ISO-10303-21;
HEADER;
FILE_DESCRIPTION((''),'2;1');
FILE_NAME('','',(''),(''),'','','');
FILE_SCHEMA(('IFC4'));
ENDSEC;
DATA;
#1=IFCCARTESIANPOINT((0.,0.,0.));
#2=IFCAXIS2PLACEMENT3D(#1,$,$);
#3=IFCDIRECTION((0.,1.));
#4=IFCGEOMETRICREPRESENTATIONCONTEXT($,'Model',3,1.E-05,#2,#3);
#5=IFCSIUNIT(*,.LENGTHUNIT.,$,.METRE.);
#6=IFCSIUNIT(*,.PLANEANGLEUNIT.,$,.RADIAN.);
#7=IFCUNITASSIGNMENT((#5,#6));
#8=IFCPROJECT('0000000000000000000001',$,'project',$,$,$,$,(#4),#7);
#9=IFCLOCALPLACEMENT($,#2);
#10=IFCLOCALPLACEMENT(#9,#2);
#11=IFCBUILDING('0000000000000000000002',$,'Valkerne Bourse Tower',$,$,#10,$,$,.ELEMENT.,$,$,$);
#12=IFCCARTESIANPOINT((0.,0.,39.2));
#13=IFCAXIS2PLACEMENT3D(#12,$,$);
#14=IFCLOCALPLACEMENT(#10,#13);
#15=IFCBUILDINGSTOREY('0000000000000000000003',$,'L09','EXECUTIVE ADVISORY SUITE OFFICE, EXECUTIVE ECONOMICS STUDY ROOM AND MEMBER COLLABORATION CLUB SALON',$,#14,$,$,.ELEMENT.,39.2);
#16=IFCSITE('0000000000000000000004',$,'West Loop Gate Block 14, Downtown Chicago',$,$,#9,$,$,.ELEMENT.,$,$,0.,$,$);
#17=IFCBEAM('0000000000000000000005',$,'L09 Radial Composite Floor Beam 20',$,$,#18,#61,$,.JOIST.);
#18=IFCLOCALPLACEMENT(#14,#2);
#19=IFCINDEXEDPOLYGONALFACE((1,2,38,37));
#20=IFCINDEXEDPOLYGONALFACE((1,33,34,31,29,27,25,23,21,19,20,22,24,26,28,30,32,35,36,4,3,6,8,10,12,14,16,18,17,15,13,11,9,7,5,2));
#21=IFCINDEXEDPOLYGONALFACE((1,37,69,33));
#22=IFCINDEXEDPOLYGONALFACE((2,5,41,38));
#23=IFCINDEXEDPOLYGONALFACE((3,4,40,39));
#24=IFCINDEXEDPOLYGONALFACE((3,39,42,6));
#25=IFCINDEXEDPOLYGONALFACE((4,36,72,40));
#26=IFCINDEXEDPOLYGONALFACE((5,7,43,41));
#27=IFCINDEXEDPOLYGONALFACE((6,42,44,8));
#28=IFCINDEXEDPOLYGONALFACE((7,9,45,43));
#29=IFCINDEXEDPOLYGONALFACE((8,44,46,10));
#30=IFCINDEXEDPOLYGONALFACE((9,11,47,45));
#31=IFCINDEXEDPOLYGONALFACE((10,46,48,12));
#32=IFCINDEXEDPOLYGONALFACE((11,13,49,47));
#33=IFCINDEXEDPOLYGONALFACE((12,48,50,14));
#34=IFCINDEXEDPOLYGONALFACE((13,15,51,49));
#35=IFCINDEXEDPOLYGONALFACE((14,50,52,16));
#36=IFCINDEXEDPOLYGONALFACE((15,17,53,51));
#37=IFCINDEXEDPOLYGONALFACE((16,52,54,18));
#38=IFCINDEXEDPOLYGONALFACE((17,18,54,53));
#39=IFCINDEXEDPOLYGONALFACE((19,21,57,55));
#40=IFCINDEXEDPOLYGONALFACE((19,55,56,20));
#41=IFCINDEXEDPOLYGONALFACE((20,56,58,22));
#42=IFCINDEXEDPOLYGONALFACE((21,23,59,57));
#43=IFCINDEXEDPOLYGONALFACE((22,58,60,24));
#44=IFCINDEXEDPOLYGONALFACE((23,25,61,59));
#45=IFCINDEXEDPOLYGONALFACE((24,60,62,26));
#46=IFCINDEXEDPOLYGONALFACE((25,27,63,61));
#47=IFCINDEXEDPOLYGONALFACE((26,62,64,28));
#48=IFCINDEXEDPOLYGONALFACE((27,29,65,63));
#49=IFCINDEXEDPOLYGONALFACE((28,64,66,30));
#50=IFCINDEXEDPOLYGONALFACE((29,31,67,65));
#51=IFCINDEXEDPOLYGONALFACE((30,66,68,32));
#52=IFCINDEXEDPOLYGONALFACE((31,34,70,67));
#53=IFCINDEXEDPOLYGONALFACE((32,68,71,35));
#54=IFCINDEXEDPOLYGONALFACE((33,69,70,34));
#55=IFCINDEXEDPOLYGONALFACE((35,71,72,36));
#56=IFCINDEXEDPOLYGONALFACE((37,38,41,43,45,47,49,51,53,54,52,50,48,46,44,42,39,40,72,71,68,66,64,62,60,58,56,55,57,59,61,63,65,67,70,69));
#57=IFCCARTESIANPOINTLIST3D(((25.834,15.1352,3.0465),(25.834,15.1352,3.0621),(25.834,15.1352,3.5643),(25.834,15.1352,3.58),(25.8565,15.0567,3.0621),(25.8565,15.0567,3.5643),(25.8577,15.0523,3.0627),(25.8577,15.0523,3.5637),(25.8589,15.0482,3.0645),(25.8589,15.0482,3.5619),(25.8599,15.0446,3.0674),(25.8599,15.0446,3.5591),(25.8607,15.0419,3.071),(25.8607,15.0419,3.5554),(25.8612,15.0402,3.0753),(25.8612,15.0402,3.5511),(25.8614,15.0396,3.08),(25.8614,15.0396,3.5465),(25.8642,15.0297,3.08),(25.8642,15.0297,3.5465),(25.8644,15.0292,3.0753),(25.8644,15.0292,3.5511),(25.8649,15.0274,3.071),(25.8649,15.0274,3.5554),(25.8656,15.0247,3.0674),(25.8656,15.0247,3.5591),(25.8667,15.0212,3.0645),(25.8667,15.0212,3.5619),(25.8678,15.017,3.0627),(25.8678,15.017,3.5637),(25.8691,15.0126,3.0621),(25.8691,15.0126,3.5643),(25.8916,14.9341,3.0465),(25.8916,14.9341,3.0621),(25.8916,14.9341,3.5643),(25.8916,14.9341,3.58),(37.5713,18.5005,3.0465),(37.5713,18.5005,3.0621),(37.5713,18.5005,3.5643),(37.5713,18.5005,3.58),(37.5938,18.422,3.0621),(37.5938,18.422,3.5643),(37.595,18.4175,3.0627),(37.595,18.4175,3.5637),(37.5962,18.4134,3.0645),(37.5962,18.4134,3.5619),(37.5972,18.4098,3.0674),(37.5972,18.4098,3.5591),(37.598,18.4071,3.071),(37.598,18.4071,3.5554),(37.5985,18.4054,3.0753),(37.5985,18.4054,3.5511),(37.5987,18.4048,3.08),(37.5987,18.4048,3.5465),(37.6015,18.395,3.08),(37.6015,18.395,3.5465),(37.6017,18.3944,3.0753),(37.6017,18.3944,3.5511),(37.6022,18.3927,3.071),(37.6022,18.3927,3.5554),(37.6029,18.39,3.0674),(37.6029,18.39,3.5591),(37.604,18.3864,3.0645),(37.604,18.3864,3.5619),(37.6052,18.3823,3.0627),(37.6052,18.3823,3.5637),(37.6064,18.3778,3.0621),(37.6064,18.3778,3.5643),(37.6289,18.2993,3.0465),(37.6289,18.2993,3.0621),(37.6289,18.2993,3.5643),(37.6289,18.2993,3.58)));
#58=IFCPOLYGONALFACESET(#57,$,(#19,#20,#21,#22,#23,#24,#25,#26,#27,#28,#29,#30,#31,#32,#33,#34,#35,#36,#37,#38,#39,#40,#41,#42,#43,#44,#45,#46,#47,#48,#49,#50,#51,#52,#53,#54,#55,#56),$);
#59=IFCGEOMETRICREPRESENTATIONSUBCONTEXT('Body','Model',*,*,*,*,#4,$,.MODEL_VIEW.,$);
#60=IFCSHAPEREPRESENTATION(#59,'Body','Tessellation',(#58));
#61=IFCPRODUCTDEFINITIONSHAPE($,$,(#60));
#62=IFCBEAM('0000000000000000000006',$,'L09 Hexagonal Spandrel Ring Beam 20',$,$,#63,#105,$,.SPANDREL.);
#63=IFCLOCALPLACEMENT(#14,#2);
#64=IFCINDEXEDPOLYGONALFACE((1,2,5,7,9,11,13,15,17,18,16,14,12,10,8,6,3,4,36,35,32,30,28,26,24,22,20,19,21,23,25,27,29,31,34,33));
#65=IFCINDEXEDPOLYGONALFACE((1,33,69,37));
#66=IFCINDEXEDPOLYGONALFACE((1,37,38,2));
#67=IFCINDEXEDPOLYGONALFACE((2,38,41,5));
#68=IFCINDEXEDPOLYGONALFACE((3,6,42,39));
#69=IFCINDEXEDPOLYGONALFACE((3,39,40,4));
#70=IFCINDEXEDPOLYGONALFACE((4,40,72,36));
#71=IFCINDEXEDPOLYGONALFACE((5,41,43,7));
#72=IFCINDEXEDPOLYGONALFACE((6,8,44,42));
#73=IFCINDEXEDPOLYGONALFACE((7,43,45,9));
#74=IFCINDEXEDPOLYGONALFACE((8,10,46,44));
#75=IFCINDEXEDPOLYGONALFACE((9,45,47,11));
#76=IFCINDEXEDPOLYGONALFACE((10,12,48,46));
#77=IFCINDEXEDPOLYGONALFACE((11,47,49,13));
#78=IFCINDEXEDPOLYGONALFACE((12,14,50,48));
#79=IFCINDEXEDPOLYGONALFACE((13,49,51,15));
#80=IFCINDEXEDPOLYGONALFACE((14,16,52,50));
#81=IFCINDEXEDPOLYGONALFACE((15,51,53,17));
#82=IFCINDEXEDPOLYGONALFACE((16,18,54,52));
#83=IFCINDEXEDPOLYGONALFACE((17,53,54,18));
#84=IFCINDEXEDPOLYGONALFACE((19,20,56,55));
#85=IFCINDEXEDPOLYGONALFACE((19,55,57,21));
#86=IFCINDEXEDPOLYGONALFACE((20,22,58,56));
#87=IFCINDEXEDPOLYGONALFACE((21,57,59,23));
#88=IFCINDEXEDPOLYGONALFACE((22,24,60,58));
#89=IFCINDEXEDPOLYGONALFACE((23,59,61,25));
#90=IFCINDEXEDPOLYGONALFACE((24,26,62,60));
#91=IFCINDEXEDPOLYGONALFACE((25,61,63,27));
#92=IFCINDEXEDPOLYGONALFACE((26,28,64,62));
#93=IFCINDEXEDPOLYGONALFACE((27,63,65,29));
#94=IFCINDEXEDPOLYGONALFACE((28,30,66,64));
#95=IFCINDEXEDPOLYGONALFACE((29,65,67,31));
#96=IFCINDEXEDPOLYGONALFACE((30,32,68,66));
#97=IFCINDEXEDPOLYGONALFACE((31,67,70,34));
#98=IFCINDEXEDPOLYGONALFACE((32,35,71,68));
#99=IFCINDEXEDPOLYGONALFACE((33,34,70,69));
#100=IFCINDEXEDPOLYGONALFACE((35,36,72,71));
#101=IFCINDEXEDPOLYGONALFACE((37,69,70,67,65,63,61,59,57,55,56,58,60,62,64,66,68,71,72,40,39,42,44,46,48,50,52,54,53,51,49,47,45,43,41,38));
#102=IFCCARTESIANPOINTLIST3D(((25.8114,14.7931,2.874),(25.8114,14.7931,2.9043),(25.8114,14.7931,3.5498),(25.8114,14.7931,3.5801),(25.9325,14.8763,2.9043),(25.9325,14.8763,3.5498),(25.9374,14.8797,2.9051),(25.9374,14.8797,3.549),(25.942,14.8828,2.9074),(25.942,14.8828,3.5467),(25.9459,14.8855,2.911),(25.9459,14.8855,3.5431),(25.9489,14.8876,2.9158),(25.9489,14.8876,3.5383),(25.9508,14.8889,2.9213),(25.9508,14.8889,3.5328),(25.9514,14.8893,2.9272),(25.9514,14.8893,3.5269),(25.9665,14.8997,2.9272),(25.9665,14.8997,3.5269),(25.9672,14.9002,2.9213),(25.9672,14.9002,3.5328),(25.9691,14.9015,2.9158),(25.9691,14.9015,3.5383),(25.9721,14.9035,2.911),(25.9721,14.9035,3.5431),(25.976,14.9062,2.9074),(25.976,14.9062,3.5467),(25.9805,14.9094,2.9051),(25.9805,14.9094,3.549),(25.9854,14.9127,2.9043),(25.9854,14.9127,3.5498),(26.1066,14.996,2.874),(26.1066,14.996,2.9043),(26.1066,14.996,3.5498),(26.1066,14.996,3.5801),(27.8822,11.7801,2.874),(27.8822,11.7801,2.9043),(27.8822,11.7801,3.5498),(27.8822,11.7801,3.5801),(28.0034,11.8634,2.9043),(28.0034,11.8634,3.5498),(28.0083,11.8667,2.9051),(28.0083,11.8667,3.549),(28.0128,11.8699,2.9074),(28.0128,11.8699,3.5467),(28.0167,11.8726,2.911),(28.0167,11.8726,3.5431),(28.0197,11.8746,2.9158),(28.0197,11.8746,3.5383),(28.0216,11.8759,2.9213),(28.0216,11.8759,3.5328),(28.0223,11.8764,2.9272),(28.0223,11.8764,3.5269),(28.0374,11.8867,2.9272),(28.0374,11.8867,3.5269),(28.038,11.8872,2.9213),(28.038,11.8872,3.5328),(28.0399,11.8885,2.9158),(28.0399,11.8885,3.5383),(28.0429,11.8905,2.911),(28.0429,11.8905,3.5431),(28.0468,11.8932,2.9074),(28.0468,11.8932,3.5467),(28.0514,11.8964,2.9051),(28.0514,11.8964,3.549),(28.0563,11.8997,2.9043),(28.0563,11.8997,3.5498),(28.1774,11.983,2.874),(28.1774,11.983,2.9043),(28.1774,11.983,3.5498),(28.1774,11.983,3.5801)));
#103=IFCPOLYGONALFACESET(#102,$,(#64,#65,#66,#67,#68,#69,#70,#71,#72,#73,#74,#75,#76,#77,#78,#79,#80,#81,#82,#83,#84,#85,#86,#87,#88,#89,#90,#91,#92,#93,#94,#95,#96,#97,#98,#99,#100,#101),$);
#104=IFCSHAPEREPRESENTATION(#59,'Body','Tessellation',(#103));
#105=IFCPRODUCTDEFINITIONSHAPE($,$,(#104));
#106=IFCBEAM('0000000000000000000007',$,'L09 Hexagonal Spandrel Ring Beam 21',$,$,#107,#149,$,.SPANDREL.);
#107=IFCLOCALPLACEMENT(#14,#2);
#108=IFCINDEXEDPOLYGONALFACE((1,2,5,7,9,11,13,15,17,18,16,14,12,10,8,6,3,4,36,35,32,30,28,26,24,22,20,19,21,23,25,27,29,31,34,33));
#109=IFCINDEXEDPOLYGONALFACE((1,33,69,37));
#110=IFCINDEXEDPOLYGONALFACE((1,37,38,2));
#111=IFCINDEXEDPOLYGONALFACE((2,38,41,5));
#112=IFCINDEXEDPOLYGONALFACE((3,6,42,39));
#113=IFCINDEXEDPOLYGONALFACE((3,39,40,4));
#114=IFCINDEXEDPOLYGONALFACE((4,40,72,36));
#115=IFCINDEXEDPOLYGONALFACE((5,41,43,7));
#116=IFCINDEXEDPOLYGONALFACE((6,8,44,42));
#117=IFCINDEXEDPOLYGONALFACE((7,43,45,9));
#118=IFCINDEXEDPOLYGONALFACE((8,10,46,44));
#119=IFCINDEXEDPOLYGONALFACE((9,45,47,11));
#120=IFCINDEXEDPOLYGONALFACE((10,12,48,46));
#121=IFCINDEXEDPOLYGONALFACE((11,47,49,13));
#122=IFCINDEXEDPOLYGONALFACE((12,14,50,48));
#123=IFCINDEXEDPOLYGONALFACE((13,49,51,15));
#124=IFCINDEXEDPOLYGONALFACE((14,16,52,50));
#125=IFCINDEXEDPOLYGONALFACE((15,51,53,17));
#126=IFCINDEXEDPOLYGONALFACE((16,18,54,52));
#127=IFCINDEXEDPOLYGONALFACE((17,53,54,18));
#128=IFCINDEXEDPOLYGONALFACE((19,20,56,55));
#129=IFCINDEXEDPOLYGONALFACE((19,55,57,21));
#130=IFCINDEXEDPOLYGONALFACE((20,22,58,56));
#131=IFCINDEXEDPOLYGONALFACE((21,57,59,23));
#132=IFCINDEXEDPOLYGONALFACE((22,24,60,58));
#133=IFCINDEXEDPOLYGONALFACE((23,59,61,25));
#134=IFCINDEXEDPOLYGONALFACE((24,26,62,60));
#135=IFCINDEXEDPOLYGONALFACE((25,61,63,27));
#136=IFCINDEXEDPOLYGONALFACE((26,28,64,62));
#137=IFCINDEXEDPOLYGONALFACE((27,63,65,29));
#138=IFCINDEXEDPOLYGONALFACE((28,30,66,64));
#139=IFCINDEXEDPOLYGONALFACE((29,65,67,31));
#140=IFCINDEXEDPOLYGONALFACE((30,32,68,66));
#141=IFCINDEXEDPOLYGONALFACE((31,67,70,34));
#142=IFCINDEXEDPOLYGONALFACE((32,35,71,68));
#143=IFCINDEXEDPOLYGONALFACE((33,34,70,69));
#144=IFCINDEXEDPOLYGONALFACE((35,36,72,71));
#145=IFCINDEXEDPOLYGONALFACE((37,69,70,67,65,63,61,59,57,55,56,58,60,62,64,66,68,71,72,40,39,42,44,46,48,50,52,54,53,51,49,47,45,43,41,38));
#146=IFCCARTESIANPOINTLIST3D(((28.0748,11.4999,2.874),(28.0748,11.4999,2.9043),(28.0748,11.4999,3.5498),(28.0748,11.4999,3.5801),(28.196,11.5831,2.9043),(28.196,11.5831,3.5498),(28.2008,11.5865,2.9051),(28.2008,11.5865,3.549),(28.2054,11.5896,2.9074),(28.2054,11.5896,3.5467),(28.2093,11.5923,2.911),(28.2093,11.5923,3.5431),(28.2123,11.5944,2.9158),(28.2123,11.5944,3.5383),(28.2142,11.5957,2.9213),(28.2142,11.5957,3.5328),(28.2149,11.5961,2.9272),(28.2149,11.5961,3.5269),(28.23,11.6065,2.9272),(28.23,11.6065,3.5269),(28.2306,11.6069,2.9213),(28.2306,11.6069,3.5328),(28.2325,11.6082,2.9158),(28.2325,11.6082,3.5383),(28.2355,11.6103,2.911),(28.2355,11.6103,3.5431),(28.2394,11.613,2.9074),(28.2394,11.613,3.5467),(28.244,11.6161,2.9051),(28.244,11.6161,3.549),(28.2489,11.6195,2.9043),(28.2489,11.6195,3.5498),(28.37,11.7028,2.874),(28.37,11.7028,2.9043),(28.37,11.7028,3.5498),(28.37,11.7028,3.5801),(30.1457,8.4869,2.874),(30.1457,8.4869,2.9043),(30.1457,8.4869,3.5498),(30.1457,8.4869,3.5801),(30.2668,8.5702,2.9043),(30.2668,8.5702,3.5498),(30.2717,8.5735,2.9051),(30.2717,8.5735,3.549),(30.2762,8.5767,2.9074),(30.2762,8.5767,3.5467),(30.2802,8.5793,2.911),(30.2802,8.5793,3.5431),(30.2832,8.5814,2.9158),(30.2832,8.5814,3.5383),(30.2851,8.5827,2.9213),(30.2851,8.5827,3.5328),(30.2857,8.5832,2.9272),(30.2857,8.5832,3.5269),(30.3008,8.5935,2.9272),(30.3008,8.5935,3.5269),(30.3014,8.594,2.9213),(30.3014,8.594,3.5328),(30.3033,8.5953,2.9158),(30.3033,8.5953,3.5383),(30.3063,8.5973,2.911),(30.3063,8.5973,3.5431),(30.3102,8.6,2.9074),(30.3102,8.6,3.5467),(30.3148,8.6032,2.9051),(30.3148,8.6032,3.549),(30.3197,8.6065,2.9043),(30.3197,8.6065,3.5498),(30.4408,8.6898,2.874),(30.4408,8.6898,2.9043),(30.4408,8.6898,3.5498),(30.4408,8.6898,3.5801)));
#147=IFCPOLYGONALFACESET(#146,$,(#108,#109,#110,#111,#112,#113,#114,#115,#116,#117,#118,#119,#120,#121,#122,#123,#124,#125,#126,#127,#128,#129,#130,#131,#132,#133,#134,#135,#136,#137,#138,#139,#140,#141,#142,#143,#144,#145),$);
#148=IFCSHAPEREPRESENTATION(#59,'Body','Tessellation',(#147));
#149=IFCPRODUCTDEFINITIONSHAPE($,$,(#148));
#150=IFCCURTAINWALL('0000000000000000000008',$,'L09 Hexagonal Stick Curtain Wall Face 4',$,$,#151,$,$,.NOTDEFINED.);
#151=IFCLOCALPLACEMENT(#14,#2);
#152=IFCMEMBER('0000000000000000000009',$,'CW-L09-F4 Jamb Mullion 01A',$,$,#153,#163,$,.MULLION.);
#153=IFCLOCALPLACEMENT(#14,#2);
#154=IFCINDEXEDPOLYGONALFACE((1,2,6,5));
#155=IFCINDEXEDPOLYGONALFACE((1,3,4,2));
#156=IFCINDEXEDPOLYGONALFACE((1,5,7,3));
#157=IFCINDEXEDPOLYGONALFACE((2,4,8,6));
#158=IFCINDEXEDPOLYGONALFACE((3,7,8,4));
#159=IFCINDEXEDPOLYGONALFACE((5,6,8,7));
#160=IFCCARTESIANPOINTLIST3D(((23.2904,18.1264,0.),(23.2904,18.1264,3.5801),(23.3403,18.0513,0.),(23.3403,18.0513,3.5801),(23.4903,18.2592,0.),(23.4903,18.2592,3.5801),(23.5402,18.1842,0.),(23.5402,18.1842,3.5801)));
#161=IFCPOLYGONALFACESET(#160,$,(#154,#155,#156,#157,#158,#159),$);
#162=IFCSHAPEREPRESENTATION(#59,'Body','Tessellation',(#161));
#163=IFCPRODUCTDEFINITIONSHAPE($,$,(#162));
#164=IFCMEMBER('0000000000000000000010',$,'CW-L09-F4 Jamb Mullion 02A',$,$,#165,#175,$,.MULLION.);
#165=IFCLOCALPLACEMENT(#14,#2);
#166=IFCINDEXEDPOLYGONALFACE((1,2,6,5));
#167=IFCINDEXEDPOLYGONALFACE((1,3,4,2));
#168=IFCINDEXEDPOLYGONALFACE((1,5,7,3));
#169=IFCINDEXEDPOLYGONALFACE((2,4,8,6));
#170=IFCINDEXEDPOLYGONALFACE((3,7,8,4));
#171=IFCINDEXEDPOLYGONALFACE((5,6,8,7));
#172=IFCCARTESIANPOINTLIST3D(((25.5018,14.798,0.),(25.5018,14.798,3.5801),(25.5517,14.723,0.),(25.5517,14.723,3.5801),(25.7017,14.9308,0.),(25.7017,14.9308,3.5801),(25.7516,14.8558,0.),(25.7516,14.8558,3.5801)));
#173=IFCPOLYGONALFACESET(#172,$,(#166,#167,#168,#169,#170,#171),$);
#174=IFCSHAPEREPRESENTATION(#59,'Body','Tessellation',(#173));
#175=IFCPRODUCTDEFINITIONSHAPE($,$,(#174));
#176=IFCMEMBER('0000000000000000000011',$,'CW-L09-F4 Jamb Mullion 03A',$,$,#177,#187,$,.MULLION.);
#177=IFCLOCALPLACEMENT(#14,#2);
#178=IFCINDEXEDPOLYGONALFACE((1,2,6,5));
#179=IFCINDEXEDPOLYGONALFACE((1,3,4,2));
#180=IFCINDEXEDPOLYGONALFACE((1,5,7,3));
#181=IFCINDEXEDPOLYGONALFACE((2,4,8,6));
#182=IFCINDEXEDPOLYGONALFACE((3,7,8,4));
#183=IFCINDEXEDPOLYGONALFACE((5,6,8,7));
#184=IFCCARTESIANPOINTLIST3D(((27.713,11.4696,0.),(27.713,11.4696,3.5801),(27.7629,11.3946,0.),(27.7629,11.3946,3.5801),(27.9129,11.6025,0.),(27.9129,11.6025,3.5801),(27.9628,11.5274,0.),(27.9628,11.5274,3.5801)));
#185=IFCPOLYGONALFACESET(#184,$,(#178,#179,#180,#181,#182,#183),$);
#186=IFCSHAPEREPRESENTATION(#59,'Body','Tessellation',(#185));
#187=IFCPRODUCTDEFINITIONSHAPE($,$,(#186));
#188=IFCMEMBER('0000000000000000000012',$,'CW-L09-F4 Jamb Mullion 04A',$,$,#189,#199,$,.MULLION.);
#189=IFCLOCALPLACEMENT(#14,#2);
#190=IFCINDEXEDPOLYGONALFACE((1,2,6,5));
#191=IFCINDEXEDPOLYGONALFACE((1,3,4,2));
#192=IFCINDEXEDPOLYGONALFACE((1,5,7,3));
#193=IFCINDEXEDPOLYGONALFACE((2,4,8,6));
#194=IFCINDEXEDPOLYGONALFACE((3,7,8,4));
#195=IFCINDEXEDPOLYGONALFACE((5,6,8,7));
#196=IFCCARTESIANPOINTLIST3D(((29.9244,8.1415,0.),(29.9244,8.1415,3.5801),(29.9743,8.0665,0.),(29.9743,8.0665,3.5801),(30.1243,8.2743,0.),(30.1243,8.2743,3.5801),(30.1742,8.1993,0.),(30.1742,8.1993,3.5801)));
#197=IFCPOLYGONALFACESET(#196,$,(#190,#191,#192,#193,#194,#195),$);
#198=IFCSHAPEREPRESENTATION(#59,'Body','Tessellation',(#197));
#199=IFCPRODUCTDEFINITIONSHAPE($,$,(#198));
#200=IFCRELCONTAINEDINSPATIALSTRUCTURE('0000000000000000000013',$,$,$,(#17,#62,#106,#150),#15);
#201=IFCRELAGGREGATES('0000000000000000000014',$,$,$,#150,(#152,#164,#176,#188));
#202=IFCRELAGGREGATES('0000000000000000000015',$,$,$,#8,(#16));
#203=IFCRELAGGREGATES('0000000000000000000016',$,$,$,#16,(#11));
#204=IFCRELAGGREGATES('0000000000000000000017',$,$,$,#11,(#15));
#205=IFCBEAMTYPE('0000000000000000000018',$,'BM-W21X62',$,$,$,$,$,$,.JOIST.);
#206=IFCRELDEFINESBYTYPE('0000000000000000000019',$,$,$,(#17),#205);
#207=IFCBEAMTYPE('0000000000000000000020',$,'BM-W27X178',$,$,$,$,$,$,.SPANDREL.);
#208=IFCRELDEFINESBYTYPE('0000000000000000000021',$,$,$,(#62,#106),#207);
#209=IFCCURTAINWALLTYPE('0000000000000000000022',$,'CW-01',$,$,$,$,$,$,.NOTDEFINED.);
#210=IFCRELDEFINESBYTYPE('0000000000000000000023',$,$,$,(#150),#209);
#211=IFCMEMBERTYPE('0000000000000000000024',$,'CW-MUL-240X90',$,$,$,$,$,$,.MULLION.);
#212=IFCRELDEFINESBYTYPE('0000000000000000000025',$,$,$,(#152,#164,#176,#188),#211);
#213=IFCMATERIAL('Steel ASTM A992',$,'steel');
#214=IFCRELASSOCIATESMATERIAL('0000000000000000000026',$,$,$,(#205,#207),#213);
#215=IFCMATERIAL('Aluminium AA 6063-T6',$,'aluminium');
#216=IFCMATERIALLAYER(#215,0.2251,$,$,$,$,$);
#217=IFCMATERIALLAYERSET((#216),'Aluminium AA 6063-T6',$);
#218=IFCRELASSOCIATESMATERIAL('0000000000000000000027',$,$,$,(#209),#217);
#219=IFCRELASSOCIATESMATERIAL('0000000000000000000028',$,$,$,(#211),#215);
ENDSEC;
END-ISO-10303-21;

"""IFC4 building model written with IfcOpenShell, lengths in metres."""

from ifc_helpers import new_model, si_unit, direction, frame, origin, origin_2d, place, context, subcontext, project, spatial, rectangle, i_section, extrude, material, layer, layer_set, material_profile, profile_set, type_object, element, aggregate, save


model = new_model("IFC4")

# Units and contexts
model_context = context("Model", 3, precision=1e-05, world=origin(), true_north=direction((0.0, 1.0)))
body_context = subcontext(model_context, "Body", "Model", "MODEL_VIEW")
ifc_project = project(units=[si_unit("LENGTHUNIT", "METRE"), si_unit("PLANEANGLEUNIT", "RADIAN")], contexts=[model_context])

# Site, building, storey
site_placement = place(None, origin())
site = spatial("IfcSite", under=ifc_project, at=site_placement, Name="West Loop Gate Block 14, Downtown Chicago", CompositionType="ELEMENT", RefElevation=0.0)
building_placement = place(site_placement, origin())
building = spatial("IfcBuilding", under=site, at=building_placement, Name="Valkerne Bourse Tower", CompositionType="ELEMENT")
storey_placement = place(building_placement, frame((0.0, 0.0, 39.2)))
storey = spatial("IfcBuildingStorey", under=building, at=storey_placement, Name="L09", Description="EXECUTIVE ADVISORY SUITE OFFICE, EXECUTIVE ECONOMICS STUDY ROOM AND MEMBER COLLABORATION CLUB SALON", CompositionType="ELEMENT", Elevation=39.2)

# Beams
ifc_material_1 = material(Name="Steel ASTM A992", Category="steel")
ifc_material_profile_1 = material_profile(ifc_material_1, i_section(OverallWidth=0.2092, OverallDepth=0.5334, WebThickness=0.0103, FlangeThickness=0.0156, FilletRadius=0.0178, at=origin_2d()), Name="W21X62")
ifc_profile_set_1 = profile_set([ifc_material_profile_1], Name="Steel ASTM A992")
beam_type_1 = type_object("IfcBeamType", Name="BM-W21X62", PredefinedType="JOIST", material=ifc_profile_set_1)
beam_1_placement = place(storey_placement, frame((25.8628, 15.0347, 3.3132), z_axis=(0.96127, 0.275608, 0.0), x_axis=(-0.275608, 0.96127, 0.0)))
element("IfcBeam", 1, at=beam_1_placement, inside=storey, type_object=beam_type_1, Name="L09 Radial Composite Floor Beam 20", PredefinedType="JOIST", context=body_context, shape_type="SweptSolid", body=[
    extrude(i_section(OverallWidth=0.2092, OverallDepth=0.5334, WebThickness=0.0103, FlangeThickness=0.0156, FilletRadius=0.0178, at=origin_2d()), origin(), (0.0, 0.0, 1.0), 12.2102),
])
ifc_material_profile_2 = material_profile(ifc_material_1, i_section(OverallWidth=0.3582, OverallDepth=0.7061, WebThickness=0.0183, FlangeThickness=0.0303, FilletRadius=0.0229, at=origin_2d()), Name="W27X178")
ifc_profile_set_2 = profile_set([ifc_material_profile_2], Name="Steel ASTM A992")
beam_type_2 = type_object("IfcBeamType", Name="BM-W27X178", PredefinedType="SPANDREL", material=ifc_profile_set_2)
for number, where, z_axis, x_axis, name in (
    (2, (25.959, 14.8945, 3.2271), (0.566418, -0.824118, 0.0), (0.824118, 0.566418, 0.0), "L09 Hexagonal Spandrel Ring Beam 20"),
    (3, (28.2224, 11.6013, 3.2271), (0.566418, -0.824118, 0.0), (0.824118, 0.566418, 0.0), "L09 Hexagonal Spandrel Ring Beam 21"),
):
    element("IfcBeam", number, at=place(storey_placement, frame(where, z_axis=z_axis, x_axis=x_axis)), inside=storey, type_object=beam_type_2, Name=name, PredefinedType="SPANDREL", context=body_context, shape_type="SweptSolid", body=[
        extrude(i_section(OverallWidth=0.3582, OverallDepth=0.7061, WebThickness=0.0183, FlangeThickness=0.0303, FilletRadius=0.0229, at=origin_2d()), origin(), (0.0, 0.0, 1.0), 3.656),
    ])

# Curtain wall, members
ifc_material_2 = material(Name="Aluminium AA 6063-T6", Category="aluminium")
ifc_layer_1 = layer(ifc_material_2, 0.2251)
ifc_layer_set_1 = layer_set([ifc_layer_1], Name="Aluminium AA 6063-T6")
curtain_wall_type = type_object("IfcCurtainWallType", Name="CW-01", PredefinedType="NOTDEFINED", material=ifc_layer_set_1)
curtain_wall_placement = place(storey_placement, origin())
curtain_wall = element("IfcCurtainWall", 4, at=curtain_wall_placement, inside=storey, type_object=curtain_wall_type, Name="L09 Hexagonal Stick Curtain Wall Face 4", PredefinedType="NOTDEFINED")
ifc_material_profile_3 = material_profile(ifc_material_2, rectangle(XDim=0.0901, YDim=0.24, at=origin_2d()), Name="CWM-90X240")
ifc_profile_set_3 = profile_set([ifc_material_profile_3], Name="Aluminium AA 6063-T6")
member_type_1 = type_object("IfcMemberType", Name="CW-MUL-240X90", PredefinedType="MULLION", material=ifc_profile_set_3)
member_1_placement = place(storey_placement, frame((23.4153, 18.1553, 0.0), z_axis=(0.0, 0.0, 1.0), x_axis=(0.553406, -0.832912, 0.0)))
member_1 = element("IfcMember", 5, at=member_1_placement, type_object=member_type_1, Name="CW-L09-F4 Jamb Mullion 01A", PredefinedType="MULLION", context=body_context, shape_type="SweptSolid", body=[
    extrude(rectangle(XDim=0.0901, YDim=0.24, at=origin_2d()), origin(), (0.0, 0.0, 1.0), 3.5801),
])
member_2_placement = place(storey_placement, frame((25.6267, 14.8269, 0.0), z_axis=(0.0, 0.0, 1.0), x_axis=(0.553377, -0.832931, 0.0)))
member_2 = element("IfcMember", 6, at=member_2_placement, type_object=member_type_1, Name="CW-L09-F4 Jamb Mullion 02A", PredefinedType="MULLION", context=body_context, shape_type="SweptSolid", body=[
    extrude(rectangle(XDim=0.0901, YDim=0.24, at=origin_2d()), origin(), (0.0, 0.0, 1.0), 3.5801),
])
member_3_placement = place(storey_placement, frame((27.8379, 11.4985, 0.0), z_axis=(0.0, 0.0, 1.0), x_axis=(0.553406, -0.832912, 0.0)))
member_3 = element("IfcMember", 7, at=member_3_placement, type_object=member_type_1, Name="CW-L09-F4 Jamb Mullion 03A", PredefinedType="MULLION", context=body_context, shape_type="SweptSolid", body=[
    extrude(rectangle(XDim=0.0901, YDim=0.24, at=origin_2d()), origin(), (0.0, 0.0, 1.0), 3.5801),
])
member_4_placement = place(storey_placement, frame((30.0493, 8.1704, 0.0), z_axis=(0.0, 0.0, 1.0), x_axis=(0.553377, -0.832931, 0.0)))
member_4 = element("IfcMember", 8, at=member_4_placement, type_object=member_type_1, Name="CW-L09-F4 Jamb Mullion 04A", PredefinedType="MULLION", context=body_context, shape_type="SweptSolid", body=[
    extrude(rectangle(XDim=0.0901, YDim=0.24, at=origin_2d()), origin(), (0.0, 0.0, 1.0), 3.5801),
])

aggregate(curtain_wall, [member_1, member_2, member_3, member_4])

save(model, "model.ifc")
